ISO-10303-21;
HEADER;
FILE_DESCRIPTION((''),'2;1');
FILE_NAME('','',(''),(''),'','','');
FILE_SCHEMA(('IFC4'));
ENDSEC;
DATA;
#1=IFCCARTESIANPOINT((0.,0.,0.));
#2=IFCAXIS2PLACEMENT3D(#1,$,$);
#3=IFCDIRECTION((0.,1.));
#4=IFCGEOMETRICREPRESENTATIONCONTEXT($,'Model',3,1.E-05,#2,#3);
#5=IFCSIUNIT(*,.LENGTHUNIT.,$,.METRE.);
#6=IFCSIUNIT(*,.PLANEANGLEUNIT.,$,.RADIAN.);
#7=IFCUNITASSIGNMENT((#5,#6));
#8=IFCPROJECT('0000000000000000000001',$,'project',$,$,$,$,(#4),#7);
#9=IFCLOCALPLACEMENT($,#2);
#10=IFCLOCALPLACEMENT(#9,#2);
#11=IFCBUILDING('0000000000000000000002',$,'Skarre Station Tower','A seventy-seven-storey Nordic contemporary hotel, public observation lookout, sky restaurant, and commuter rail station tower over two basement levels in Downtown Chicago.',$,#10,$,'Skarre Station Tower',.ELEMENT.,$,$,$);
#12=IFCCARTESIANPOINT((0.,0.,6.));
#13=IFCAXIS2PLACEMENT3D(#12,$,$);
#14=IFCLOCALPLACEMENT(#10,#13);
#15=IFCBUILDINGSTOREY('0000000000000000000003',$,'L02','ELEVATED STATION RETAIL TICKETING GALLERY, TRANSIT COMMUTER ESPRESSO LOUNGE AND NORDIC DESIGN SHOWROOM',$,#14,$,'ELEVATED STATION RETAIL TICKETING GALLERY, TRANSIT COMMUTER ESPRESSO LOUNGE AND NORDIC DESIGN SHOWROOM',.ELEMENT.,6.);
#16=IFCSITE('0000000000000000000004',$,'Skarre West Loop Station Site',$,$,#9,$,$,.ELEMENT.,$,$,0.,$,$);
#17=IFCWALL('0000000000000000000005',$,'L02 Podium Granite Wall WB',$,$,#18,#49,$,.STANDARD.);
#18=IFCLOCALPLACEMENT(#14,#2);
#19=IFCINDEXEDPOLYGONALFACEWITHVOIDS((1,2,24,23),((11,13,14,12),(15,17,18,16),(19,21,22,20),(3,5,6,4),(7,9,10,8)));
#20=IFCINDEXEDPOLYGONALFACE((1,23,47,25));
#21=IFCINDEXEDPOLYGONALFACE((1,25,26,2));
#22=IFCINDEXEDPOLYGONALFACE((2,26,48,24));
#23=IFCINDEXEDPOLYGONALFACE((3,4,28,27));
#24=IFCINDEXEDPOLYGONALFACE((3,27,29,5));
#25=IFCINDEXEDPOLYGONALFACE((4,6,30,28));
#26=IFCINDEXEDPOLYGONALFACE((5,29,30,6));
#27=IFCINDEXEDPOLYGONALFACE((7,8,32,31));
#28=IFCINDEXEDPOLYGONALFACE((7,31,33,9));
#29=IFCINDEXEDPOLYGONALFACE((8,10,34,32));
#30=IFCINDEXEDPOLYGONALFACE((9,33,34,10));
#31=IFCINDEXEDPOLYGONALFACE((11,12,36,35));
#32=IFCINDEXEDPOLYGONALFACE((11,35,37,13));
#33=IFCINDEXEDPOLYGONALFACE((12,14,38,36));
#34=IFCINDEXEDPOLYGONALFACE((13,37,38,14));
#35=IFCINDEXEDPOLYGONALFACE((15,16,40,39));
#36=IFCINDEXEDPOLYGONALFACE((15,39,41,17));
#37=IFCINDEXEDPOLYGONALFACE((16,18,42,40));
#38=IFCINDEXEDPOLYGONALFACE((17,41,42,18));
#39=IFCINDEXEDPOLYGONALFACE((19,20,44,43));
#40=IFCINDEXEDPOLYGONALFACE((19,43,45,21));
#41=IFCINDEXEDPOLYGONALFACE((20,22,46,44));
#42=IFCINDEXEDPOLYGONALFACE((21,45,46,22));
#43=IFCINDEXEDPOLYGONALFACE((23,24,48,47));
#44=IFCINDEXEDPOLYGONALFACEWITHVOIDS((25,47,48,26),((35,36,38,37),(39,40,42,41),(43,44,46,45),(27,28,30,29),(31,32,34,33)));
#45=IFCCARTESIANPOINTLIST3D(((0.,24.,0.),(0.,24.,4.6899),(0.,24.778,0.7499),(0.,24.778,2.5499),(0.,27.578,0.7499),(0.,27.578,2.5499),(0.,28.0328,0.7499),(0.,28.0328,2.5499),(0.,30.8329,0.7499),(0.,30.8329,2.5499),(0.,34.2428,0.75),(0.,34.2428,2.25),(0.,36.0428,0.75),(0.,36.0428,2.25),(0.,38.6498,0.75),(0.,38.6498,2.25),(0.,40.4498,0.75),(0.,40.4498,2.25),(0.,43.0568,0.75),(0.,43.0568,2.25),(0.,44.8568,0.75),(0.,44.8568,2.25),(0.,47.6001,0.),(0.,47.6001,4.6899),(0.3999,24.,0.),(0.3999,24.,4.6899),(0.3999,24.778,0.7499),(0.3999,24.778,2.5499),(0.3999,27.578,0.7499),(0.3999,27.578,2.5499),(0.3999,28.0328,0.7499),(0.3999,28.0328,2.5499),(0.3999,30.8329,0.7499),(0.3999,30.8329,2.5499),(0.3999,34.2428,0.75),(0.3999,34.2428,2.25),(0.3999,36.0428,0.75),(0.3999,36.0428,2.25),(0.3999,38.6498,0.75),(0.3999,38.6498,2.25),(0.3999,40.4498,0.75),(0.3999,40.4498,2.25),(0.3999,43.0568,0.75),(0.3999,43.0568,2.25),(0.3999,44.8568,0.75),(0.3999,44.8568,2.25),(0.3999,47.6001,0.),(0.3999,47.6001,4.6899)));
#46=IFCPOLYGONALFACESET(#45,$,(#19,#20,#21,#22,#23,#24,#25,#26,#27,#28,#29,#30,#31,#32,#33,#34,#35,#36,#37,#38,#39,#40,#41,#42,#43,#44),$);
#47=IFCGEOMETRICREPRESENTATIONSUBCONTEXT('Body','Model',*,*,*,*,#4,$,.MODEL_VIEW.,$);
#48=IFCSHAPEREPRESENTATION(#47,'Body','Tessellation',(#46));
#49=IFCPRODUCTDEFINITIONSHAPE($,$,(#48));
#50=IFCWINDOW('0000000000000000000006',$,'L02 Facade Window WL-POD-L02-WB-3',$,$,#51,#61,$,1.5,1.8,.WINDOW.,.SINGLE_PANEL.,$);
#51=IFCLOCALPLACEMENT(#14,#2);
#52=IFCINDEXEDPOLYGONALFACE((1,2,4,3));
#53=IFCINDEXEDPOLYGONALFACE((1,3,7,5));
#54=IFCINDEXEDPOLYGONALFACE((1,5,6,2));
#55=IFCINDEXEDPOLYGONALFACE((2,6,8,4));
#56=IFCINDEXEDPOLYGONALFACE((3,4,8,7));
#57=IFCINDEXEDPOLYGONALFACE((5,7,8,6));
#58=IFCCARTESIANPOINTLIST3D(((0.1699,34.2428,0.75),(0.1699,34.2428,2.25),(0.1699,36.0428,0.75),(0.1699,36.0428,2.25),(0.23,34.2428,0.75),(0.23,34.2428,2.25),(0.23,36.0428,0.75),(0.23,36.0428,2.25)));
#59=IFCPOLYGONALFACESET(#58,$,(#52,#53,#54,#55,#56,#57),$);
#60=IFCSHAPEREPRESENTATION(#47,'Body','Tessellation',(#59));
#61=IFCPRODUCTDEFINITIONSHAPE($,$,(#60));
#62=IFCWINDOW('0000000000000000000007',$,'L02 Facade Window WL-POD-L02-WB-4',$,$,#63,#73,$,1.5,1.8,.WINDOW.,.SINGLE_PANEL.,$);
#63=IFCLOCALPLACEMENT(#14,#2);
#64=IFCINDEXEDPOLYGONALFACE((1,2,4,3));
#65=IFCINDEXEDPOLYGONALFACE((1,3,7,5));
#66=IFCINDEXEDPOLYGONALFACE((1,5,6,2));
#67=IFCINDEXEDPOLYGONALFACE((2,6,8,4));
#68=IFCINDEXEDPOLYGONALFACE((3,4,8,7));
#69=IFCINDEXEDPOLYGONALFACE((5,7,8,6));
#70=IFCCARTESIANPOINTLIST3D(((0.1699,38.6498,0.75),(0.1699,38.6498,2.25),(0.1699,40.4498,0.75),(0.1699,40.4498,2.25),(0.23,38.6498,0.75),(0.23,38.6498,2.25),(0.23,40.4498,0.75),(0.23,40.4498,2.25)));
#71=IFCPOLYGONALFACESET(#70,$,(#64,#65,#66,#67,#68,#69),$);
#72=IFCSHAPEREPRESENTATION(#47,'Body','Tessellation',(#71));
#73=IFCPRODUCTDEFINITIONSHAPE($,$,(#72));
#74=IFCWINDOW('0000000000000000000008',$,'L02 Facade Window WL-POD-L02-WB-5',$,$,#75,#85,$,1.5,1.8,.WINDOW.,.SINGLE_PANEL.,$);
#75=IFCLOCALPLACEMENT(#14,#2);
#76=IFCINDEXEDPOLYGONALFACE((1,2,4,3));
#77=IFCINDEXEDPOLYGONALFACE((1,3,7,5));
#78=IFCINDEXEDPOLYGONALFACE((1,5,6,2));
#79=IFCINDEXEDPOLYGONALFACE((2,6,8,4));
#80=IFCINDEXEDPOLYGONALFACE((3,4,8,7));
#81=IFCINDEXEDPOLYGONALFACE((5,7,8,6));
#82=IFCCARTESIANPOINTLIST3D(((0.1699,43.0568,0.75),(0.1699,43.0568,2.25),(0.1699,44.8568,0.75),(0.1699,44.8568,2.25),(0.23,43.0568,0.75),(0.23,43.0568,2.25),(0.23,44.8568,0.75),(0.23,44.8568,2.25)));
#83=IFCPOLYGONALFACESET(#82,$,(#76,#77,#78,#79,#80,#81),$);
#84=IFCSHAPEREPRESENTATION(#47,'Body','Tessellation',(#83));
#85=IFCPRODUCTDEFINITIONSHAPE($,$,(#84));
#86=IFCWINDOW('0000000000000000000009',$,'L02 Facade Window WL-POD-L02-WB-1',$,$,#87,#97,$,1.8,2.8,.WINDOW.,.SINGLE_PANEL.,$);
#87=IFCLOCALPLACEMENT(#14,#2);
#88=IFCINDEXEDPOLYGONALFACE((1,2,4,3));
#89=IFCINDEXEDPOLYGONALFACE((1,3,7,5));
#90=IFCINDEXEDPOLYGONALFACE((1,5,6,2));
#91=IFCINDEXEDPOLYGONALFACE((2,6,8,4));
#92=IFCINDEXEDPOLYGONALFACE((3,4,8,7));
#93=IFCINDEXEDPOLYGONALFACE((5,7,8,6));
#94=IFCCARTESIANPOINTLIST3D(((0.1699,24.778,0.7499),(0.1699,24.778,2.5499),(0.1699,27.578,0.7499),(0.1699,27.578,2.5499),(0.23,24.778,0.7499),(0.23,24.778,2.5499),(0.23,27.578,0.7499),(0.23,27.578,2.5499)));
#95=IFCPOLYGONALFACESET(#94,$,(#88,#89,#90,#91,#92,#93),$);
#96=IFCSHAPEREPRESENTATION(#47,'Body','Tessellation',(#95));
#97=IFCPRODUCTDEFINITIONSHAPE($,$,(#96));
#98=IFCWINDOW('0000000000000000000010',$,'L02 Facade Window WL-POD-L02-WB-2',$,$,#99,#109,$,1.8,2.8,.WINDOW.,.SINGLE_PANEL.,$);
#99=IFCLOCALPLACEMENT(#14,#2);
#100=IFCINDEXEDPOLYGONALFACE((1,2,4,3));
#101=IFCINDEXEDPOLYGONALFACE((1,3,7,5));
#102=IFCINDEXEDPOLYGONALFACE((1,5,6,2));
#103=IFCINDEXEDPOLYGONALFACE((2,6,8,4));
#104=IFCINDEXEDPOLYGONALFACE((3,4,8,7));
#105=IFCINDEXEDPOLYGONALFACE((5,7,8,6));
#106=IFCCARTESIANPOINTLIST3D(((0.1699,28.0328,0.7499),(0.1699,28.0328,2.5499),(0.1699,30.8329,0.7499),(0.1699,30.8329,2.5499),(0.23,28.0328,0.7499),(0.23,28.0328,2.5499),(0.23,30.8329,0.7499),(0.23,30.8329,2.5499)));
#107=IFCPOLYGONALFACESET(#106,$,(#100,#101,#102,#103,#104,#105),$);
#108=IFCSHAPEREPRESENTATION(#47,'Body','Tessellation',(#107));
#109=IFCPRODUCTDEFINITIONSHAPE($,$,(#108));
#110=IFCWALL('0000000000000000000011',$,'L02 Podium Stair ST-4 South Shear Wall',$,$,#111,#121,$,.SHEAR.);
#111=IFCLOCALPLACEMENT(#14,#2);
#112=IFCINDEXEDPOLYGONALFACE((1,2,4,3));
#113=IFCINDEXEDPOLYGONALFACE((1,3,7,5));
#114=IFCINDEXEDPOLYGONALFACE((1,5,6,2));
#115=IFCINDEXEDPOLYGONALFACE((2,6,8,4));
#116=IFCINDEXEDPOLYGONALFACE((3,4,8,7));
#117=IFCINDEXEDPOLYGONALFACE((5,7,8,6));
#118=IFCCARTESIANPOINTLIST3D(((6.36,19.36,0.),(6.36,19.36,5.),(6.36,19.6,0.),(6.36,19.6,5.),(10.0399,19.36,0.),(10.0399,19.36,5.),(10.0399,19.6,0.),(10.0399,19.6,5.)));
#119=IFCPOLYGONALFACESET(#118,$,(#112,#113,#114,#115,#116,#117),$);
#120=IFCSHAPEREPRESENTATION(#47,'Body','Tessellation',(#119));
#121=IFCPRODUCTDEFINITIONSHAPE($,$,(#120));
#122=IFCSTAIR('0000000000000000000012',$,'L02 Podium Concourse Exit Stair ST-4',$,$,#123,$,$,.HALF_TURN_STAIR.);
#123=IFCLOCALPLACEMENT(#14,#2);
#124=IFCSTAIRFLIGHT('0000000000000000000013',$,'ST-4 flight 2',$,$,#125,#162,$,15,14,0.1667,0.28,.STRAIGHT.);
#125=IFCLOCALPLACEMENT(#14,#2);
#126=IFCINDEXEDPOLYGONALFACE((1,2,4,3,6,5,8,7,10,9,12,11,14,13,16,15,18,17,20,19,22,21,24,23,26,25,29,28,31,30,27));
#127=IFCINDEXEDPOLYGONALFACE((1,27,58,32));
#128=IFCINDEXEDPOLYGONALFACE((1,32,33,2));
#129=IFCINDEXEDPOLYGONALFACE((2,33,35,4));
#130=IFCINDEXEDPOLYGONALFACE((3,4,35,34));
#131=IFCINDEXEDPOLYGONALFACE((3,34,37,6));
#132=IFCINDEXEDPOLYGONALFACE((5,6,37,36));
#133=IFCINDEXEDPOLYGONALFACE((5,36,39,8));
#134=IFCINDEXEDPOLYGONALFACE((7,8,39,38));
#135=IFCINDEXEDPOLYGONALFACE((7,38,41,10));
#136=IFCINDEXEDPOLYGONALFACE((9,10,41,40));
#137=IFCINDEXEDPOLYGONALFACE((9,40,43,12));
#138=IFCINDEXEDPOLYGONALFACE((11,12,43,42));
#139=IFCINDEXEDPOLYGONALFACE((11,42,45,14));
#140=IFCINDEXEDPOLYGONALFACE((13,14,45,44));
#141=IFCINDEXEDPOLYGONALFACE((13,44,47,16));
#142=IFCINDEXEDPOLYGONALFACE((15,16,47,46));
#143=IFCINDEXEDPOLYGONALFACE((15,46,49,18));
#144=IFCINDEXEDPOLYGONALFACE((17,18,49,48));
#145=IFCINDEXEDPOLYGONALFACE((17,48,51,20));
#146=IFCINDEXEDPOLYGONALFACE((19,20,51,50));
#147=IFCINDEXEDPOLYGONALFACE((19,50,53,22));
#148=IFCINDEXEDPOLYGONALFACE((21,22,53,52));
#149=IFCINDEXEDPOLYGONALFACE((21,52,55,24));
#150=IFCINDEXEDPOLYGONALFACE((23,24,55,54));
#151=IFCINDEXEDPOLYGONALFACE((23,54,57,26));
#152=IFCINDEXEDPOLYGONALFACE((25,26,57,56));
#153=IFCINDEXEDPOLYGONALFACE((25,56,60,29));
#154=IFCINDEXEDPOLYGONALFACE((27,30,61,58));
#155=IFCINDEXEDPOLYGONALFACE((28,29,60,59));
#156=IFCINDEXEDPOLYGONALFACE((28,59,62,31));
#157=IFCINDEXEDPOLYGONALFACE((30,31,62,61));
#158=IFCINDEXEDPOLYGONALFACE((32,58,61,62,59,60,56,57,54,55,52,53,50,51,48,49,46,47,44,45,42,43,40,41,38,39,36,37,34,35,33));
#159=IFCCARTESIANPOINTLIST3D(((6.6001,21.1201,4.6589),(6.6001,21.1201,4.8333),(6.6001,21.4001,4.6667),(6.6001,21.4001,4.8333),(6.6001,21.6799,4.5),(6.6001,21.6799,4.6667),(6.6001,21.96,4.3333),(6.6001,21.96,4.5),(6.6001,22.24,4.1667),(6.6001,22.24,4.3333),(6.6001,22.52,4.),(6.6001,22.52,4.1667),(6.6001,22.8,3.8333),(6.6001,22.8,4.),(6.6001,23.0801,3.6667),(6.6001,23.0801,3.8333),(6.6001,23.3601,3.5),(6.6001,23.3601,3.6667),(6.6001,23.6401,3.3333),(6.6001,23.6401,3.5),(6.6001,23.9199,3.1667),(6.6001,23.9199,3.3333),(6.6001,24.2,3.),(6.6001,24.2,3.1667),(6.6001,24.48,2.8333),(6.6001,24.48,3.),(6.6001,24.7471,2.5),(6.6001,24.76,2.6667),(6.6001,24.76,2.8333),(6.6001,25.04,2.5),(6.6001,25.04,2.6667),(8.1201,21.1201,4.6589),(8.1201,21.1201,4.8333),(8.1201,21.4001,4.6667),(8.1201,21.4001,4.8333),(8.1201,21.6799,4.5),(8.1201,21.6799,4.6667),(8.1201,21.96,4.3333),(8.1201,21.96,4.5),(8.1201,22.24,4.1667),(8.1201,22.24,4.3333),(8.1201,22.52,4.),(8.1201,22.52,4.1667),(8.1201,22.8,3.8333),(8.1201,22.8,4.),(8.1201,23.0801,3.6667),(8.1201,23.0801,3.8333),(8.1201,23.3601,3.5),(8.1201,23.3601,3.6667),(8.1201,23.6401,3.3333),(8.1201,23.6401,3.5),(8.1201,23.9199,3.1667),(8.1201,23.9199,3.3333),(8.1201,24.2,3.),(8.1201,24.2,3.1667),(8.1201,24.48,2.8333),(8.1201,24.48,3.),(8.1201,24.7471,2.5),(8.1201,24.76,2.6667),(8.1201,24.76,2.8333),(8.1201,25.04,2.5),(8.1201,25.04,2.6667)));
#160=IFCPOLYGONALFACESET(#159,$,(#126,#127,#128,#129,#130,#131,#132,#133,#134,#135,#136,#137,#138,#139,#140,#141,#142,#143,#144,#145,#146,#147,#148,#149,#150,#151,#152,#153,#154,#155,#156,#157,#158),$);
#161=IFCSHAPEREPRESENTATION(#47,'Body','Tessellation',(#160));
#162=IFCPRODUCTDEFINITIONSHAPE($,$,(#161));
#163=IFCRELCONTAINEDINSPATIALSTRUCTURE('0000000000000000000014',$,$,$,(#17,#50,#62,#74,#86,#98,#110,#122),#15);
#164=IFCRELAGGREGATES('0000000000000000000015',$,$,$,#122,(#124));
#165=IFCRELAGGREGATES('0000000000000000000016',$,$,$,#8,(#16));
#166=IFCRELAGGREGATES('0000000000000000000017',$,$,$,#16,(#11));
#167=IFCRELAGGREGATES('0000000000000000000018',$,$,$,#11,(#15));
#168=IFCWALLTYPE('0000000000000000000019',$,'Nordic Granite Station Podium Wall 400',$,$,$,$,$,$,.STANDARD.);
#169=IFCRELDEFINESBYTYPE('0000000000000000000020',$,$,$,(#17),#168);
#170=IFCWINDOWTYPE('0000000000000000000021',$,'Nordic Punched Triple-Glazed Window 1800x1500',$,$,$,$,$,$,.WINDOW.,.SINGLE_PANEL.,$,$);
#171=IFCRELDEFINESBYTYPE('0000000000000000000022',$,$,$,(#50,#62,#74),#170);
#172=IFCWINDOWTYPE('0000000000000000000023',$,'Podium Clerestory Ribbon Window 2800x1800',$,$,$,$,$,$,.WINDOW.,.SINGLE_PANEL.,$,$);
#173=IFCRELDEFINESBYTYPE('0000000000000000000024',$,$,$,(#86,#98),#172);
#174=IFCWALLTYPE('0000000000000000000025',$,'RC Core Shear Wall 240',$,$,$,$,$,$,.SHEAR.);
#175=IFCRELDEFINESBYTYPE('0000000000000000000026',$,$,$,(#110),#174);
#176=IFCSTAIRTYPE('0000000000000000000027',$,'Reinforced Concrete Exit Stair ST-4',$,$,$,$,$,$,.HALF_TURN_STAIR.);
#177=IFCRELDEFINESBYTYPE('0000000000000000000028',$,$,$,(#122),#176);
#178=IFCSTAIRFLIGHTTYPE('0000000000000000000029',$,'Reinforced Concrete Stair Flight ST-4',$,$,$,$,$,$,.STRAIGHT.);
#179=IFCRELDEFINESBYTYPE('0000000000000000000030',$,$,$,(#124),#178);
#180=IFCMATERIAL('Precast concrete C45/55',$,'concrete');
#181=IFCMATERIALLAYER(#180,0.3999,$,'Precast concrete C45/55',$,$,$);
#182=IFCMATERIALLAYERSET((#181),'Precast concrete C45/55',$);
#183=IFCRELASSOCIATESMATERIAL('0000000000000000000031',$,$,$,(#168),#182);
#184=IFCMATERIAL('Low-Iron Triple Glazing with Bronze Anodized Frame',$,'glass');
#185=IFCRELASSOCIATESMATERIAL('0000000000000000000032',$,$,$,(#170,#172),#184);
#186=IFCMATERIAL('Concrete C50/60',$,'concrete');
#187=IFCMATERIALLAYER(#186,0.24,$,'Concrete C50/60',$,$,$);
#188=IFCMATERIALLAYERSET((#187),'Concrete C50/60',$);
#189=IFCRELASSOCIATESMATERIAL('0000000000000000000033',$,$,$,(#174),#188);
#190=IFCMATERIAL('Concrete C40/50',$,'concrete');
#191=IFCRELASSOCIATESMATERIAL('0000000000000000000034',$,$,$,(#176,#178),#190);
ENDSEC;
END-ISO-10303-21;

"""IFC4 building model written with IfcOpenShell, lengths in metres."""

from ifc_helpers import new_model, si_unit, direction, frame, frame_2d, origin, place, context, subcontext, project, spatial, polyline, rectangle, outline, extrude, material, layer, layer_set, type_object, element, fill, aggregate, save


model = new_model("IFC4")

# Units and contexts
model_context = context("Model", 3, precision=1e-05, world=origin(), true_north=direction((0.0, 1.0)))
body_context = subcontext(model_context, "Body", "Model", "MODEL_VIEW")
ifc_project = project(units=[si_unit("LENGTHUNIT", "METRE"), si_unit("PLANEANGLEUNIT", "RADIAN")], contexts=[model_context])

# Site, building, storey
site_placement = place(None, origin())
site = spatial("IfcSite", under=ifc_project, at=site_placement, Name="Skarre West Loop Station Site", CompositionType="ELEMENT", RefElevation=0.0)
building_placement = place(site_placement, origin())
building = spatial("IfcBuilding", under=site, at=building_placement, Name="Skarre Station Tower", Description="A seventy-seven-storey Nordic contemporary hotel, public observation lookout, sky restaurant, and commuter rail station tower over two basement levels in Downtown Chicago.", LongName="Skarre Station Tower", CompositionType="ELEMENT")
storey_placement = place(building_placement, frame((0.0, 0.0, 6.0)))
storey = spatial("IfcBuildingStorey", under=building, at=storey_placement, Name="L02", Description="ELEVATED STATION RETAIL TICKETING GALLERY, TRANSIT COMMUTER ESPRESSO LOUNGE AND NORDIC DESIGN SHOWROOM", LongName="ELEVATED STATION RETAIL TICKETING GALLERY, TRANSIT COMMUTER ESPRESSO LOUNGE AND NORDIC DESIGN SHOWROOM", CompositionType="ELEMENT", Elevation=6.0)

# Wall, openings, windows
ifc_material_1 = material(Name="Precast concrete C45/55", Category="concrete")
ifc_layer_1 = layer(ifc_material_1, 0.3999, Name="Precast concrete C45/55")
ifc_layer_set_1 = layer_set([ifc_layer_1], Name="Precast concrete C45/55")
wall_type_1 = type_object("IfcWallType", Name="Nordic Granite Station Podium Wall 400", PredefinedType="STANDARD", material=ifc_layer_set_1)
wall_1_placement = place(storey_placement, frame((0.2, 24.0, 0.0), z_axis=(0.0, 0.0, 1.0), x_axis=(0.0, 1.0, 0.0)))
wall_1 = element("IfcWall", 1, at=wall_1_placement, inside=storey, type_object=wall_type_1, Name="L02 Podium Granite Wall WB", PredefinedType="STANDARD", context=body_context, shape_type="SweptSolid", body=[
    extrude(rectangle(XDim=23.6001, YDim=0.3999, at=frame_2d((11.8, 0.0))), origin(), (0.0, 0.0, 1.0), 4.6899),
])
opening_1_placement = place(wall_1_placement, frame((0.7781, 0.0, 0.75)))
opening_1 = element("IfcOpeningElement", 2, at=opening_1_placement, cuts=wall_1, PredefinedType="OPENING", context=body_context, shape_type="SweptSolid", body=[
    extrude(rectangle(XDim=2.8, YDim=1.8, at=frame_2d((1.3999, 0.8999))), frame((0.0, 0.21, 0.0), z_axis=(0.0, -1.0, 0.0), x_axis=(1.0, 0.0, 0.0)), (0.0, 0.0, 1.0), 0.4199),
])
opening_2_placement = place(wall_1_placement, frame((4.033, 0.0, 0.75)))
opening_2 = element("IfcOpeningElement", 3, at=opening_2_placement, cuts=wall_1, PredefinedType="OPENING", context=body_context, shape_type="SweptSolid", body=[
    extrude(rectangle(XDim=2.8, YDim=1.8, at=frame_2d((1.3999, 0.8999))), frame((0.0, 0.21, 0.0), z_axis=(0.0, -1.0, 0.0), x_axis=(1.0, 0.0, 0.0)), (0.0, 0.0, 1.0), 0.4199),
])
opening_3_placement = place(wall_1_placement, frame((10.2429, 0.0, 0.75)))
opening_3 = element("IfcOpeningElement", 4, at=opening_3_placement, cuts=wall_1, PredefinedType="OPENING", context=body_context, shape_type="SweptSolid", body=[
    extrude(rectangle(XDim=1.8, YDim=1.5, at=frame_2d((0.8999, 0.75))), frame((0.0, 0.21, 0.0), z_axis=(0.0, -1.0, 0.0), x_axis=(1.0, 0.0, 0.0)), (0.0, 0.0, 1.0), 0.4199),
])
opening_4_placement = place(wall_1_placement, frame((14.6499, 0.0, 0.75)))
opening_4 = element("IfcOpeningElement", 5, at=opening_4_placement, cuts=wall_1, PredefinedType="OPENING", context=body_context, shape_type="SweptSolid", body=[
    extrude(rectangle(XDim=1.8, YDim=1.5, at=frame_2d((0.8999, 0.75))), frame((0.0, 0.21, 0.0), z_axis=(0.0, -1.0, 0.0), x_axis=(1.0, 0.0, 0.0)), (0.0, 0.0, 1.0), 0.4199),
])
opening_5_placement = place(wall_1_placement, frame((19.0569, 0.0, 0.75)))
opening_5 = element("IfcOpeningElement", 6, at=opening_5_placement, cuts=wall_1, PredefinedType="OPENING", context=body_context, shape_type="SweptSolid", body=[
    extrude(rectangle(XDim=1.8, YDim=1.5, at=frame_2d((0.8999, 0.75))), frame((0.0, 0.21, 0.0), z_axis=(0.0, -1.0, 0.0), x_axis=(1.0, 0.0, 0.0)), (0.0, 0.0, 1.0), 0.4199),
])
ifc_material_2 = material(Name="Low-Iron Triple Glazing with Bronze Anodized Frame", Category="glass")
window_type_1 = type_object("IfcWindowType", Name="Nordic Punched Triple-Glazed Window 1800x1500", PartitioningType="SINGLE_PANEL", PredefinedType="WINDOW", material=ifc_material_2)
window_1_placement = place(opening_3_placement, origin())
window_1 = element("IfcWindow", 7, at=window_1_placement, inside=storey, type_object=window_type_1, Name="L02 Facade Window WL-POD-L02-WB-3", OverallHeight=1.5, OverallWidth=1.8, PartitioningType="SINGLE_PANEL", PredefinedType="WINDOW", context=body_context, shape_type="SweptSolid", body=[
    extrude(rectangle(XDim=1.8, YDim=1.5, at=frame_2d((0.8999, 0.75))), frame((0.0, 0.03, 0.0), z_axis=(0.0, -1.0, 0.0), x_axis=(1.0, 0.0, 0.0)), (0.0, 0.0, 1.0), 0.0601),
])
fill(opening_3, window_1)
window_2_placement = place(opening_4_placement, origin())
window_2 = element("IfcWindow", 8, at=window_2_placement, inside=storey, type_object=window_type_1, Name="L02 Facade Window WL-POD-L02-WB-4", OverallHeight=1.5, OverallWidth=1.8, PartitioningType="SINGLE_PANEL", PredefinedType="WINDOW", context=body_context, shape_type="SweptSolid", body=[
    extrude(rectangle(XDim=1.8, YDim=1.5, at=frame_2d((0.8999, 0.75))), frame((0.0, 0.03, 0.0), z_axis=(0.0, -1.0, 0.0), x_axis=(1.0, 0.0, 0.0)), (0.0, 0.0, 1.0), 0.0601),
])
fill(opening_4, window_2)
window_3_placement = place(opening_5_placement, origin())
window_3 = element("IfcWindow", 9, at=window_3_placement, inside=storey, type_object=window_type_1, Name="L02 Facade Window WL-POD-L02-WB-5", OverallHeight=1.5, OverallWidth=1.8, PartitioningType="SINGLE_PANEL", PredefinedType="WINDOW", context=body_context, shape_type="SweptSolid", body=[
    extrude(rectangle(XDim=1.8, YDim=1.5, at=frame_2d((0.8999, 0.75))), frame((0.0, 0.03, 0.0), z_axis=(0.0, -1.0, 0.0), x_axis=(1.0, 0.0, 0.0)), (0.0, 0.0, 1.0), 0.0601),
])
fill(opening_5, window_3)
window_type_2 = type_object("IfcWindowType", Name="Podium Clerestory Ribbon Window 2800x1800", PartitioningType="SINGLE_PANEL", PredefinedType="WINDOW", material=ifc_material_2)
window_4_placement = place(opening_1_placement, origin())
window_4 = element("IfcWindow", 10, at=window_4_placement, inside=storey, type_object=window_type_2, Name="L02 Facade Window WL-POD-L02-WB-1", OverallHeight=1.8, OverallWidth=2.8, PartitioningType="SINGLE_PANEL", PredefinedType="WINDOW", context=body_context, shape_type="SweptSolid", body=[
    extrude(rectangle(XDim=2.8, YDim=1.8, at=frame_2d((1.3999, 0.8999))), frame((0.0, 0.03, 0.0), z_axis=(0.0, -1.0, 0.0), x_axis=(1.0, 0.0, 0.0)), (0.0, 0.0, 1.0), 0.0601),
])
fill(opening_1, window_4)
window_5_placement = place(opening_2_placement, origin())
window_5 = element("IfcWindow", 11, at=window_5_placement, inside=storey, type_object=window_type_2, Name="L02 Facade Window WL-POD-L02-WB-2", OverallHeight=1.8, OverallWidth=2.8, PartitioningType="SINGLE_PANEL", PredefinedType="WINDOW", context=body_context, shape_type="SweptSolid", body=[
    extrude(rectangle(XDim=2.8, YDim=1.8, at=frame_2d((1.3999, 0.8999))), frame((0.0, 0.03, 0.0), z_axis=(0.0, -1.0, 0.0), x_axis=(1.0, 0.0, 0.0)), (0.0, 0.0, 1.0), 0.0601),
])
fill(opening_2, window_5)

# Wall
ifc_material_3 = material(Name="Concrete C50/60", Category="concrete")
ifc_layer_2 = layer(ifc_material_3, 0.24, Name="Concrete C50/60")
ifc_layer_set_2 = layer_set([ifc_layer_2], Name="Concrete C50/60")
wall_type_2 = type_object("IfcWallType", Name="RC Core Shear Wall 240", PredefinedType="SHEAR", material=ifc_layer_set_2)
wall_2_placement = place(storey_placement, frame((6.3601, 19.48, 0.0), z_axis=(0.0, 0.0, 1.0), x_axis=(1.0, 0.0, 0.0)))
element("IfcWall", 12, at=wall_2_placement, inside=storey, type_object=wall_type_2, Name="L02 Podium Stair ST-4 South Shear Wall", PredefinedType="SHEAR", context=body_context, shape_type="SweptSolid", body=[
    extrude(rectangle(XDim=3.6799, YDim=0.24, at=frame_2d((1.8398, 0.0))), origin(), (0.0, 0.0, 1.0), 5.0),
])

# Stair, stair flight
ifc_material_4 = material(Name="Concrete C40/50", Category="concrete")
stair_type = type_object("IfcStairType", Name="Reinforced Concrete Exit Stair ST-4", PredefinedType="HALF_TURN_STAIR", material=ifc_material_4)
stair_placement = place(storey_placement, origin())
stair = element("IfcStair", 13, at=stair_placement, inside=storey, type_object=stair_type, Name="L02 Podium Concourse Exit Stair ST-4", PredefinedType="HALF_TURN_STAIR")
stair_flight_type = type_object("IfcStairFlightType", Name="Reinforced Concrete Stair Flight ST-4", PredefinedType="STRAIGHT", material=ifc_material_4)
stair_flight_placement = place(storey_placement, frame((7.3601, 25.04, 2.5), z_axis=(0.0, 0.0, 1.0), x_axis=(0.0, -1.0, 0.0)))
stair_flight = element("IfcStairFlight", 14, at=stair_flight_placement, type_object=stair_flight_type, Name="ST-4 flight 2", NumberOfRisers=15, NumberOfTreads=14, PredefinedType="STRAIGHT", RiserHeight=0.1667, TreadLength=0.28, context=body_context, shape_type="SweptSolid", body=[
    extrude(outline(polyline([(0.0, 0.0), (0.0, 0.1667), (0.28, 0.1667), (0.28, 0.3333), (0.5601, 0.3333), (0.5601, 0.5), (0.8401, 0.5), (0.8401, 0.6667), (1.1201, 0.6667), (1.1201, 0.8333), (1.3999, 0.8333), (1.3999, 1.0), (1.6799, 1.0), (1.6799, 1.1667), (1.96, 1.1667), (1.96, 1.3333), (2.24, 1.3333), (2.24, 1.5), (2.52, 1.5), (2.52, 1.6667), (2.8, 1.6667), (2.8, 1.8333), (3.0801, 1.8333), (3.0801, 2.0), (3.3601, 2.0), (3.3601, 2.1667), (3.6399, 2.1667), (3.6399, 2.3333), (3.9199, 2.3333), (3.9199, 2.5), (3.9199, 2.1589), (0.293, 0.0), (0.0, 0.0)])), frame((0.0, 0.76, 0.0), z_axis=(0.0, -1.0, 0.0), x_axis=(1.0, 0.0, 0.0)), (0.0, 0.0, 1.0), 1.52),
])
aggregate(stair, [stair_flight])

save(model, "model.ifc")
